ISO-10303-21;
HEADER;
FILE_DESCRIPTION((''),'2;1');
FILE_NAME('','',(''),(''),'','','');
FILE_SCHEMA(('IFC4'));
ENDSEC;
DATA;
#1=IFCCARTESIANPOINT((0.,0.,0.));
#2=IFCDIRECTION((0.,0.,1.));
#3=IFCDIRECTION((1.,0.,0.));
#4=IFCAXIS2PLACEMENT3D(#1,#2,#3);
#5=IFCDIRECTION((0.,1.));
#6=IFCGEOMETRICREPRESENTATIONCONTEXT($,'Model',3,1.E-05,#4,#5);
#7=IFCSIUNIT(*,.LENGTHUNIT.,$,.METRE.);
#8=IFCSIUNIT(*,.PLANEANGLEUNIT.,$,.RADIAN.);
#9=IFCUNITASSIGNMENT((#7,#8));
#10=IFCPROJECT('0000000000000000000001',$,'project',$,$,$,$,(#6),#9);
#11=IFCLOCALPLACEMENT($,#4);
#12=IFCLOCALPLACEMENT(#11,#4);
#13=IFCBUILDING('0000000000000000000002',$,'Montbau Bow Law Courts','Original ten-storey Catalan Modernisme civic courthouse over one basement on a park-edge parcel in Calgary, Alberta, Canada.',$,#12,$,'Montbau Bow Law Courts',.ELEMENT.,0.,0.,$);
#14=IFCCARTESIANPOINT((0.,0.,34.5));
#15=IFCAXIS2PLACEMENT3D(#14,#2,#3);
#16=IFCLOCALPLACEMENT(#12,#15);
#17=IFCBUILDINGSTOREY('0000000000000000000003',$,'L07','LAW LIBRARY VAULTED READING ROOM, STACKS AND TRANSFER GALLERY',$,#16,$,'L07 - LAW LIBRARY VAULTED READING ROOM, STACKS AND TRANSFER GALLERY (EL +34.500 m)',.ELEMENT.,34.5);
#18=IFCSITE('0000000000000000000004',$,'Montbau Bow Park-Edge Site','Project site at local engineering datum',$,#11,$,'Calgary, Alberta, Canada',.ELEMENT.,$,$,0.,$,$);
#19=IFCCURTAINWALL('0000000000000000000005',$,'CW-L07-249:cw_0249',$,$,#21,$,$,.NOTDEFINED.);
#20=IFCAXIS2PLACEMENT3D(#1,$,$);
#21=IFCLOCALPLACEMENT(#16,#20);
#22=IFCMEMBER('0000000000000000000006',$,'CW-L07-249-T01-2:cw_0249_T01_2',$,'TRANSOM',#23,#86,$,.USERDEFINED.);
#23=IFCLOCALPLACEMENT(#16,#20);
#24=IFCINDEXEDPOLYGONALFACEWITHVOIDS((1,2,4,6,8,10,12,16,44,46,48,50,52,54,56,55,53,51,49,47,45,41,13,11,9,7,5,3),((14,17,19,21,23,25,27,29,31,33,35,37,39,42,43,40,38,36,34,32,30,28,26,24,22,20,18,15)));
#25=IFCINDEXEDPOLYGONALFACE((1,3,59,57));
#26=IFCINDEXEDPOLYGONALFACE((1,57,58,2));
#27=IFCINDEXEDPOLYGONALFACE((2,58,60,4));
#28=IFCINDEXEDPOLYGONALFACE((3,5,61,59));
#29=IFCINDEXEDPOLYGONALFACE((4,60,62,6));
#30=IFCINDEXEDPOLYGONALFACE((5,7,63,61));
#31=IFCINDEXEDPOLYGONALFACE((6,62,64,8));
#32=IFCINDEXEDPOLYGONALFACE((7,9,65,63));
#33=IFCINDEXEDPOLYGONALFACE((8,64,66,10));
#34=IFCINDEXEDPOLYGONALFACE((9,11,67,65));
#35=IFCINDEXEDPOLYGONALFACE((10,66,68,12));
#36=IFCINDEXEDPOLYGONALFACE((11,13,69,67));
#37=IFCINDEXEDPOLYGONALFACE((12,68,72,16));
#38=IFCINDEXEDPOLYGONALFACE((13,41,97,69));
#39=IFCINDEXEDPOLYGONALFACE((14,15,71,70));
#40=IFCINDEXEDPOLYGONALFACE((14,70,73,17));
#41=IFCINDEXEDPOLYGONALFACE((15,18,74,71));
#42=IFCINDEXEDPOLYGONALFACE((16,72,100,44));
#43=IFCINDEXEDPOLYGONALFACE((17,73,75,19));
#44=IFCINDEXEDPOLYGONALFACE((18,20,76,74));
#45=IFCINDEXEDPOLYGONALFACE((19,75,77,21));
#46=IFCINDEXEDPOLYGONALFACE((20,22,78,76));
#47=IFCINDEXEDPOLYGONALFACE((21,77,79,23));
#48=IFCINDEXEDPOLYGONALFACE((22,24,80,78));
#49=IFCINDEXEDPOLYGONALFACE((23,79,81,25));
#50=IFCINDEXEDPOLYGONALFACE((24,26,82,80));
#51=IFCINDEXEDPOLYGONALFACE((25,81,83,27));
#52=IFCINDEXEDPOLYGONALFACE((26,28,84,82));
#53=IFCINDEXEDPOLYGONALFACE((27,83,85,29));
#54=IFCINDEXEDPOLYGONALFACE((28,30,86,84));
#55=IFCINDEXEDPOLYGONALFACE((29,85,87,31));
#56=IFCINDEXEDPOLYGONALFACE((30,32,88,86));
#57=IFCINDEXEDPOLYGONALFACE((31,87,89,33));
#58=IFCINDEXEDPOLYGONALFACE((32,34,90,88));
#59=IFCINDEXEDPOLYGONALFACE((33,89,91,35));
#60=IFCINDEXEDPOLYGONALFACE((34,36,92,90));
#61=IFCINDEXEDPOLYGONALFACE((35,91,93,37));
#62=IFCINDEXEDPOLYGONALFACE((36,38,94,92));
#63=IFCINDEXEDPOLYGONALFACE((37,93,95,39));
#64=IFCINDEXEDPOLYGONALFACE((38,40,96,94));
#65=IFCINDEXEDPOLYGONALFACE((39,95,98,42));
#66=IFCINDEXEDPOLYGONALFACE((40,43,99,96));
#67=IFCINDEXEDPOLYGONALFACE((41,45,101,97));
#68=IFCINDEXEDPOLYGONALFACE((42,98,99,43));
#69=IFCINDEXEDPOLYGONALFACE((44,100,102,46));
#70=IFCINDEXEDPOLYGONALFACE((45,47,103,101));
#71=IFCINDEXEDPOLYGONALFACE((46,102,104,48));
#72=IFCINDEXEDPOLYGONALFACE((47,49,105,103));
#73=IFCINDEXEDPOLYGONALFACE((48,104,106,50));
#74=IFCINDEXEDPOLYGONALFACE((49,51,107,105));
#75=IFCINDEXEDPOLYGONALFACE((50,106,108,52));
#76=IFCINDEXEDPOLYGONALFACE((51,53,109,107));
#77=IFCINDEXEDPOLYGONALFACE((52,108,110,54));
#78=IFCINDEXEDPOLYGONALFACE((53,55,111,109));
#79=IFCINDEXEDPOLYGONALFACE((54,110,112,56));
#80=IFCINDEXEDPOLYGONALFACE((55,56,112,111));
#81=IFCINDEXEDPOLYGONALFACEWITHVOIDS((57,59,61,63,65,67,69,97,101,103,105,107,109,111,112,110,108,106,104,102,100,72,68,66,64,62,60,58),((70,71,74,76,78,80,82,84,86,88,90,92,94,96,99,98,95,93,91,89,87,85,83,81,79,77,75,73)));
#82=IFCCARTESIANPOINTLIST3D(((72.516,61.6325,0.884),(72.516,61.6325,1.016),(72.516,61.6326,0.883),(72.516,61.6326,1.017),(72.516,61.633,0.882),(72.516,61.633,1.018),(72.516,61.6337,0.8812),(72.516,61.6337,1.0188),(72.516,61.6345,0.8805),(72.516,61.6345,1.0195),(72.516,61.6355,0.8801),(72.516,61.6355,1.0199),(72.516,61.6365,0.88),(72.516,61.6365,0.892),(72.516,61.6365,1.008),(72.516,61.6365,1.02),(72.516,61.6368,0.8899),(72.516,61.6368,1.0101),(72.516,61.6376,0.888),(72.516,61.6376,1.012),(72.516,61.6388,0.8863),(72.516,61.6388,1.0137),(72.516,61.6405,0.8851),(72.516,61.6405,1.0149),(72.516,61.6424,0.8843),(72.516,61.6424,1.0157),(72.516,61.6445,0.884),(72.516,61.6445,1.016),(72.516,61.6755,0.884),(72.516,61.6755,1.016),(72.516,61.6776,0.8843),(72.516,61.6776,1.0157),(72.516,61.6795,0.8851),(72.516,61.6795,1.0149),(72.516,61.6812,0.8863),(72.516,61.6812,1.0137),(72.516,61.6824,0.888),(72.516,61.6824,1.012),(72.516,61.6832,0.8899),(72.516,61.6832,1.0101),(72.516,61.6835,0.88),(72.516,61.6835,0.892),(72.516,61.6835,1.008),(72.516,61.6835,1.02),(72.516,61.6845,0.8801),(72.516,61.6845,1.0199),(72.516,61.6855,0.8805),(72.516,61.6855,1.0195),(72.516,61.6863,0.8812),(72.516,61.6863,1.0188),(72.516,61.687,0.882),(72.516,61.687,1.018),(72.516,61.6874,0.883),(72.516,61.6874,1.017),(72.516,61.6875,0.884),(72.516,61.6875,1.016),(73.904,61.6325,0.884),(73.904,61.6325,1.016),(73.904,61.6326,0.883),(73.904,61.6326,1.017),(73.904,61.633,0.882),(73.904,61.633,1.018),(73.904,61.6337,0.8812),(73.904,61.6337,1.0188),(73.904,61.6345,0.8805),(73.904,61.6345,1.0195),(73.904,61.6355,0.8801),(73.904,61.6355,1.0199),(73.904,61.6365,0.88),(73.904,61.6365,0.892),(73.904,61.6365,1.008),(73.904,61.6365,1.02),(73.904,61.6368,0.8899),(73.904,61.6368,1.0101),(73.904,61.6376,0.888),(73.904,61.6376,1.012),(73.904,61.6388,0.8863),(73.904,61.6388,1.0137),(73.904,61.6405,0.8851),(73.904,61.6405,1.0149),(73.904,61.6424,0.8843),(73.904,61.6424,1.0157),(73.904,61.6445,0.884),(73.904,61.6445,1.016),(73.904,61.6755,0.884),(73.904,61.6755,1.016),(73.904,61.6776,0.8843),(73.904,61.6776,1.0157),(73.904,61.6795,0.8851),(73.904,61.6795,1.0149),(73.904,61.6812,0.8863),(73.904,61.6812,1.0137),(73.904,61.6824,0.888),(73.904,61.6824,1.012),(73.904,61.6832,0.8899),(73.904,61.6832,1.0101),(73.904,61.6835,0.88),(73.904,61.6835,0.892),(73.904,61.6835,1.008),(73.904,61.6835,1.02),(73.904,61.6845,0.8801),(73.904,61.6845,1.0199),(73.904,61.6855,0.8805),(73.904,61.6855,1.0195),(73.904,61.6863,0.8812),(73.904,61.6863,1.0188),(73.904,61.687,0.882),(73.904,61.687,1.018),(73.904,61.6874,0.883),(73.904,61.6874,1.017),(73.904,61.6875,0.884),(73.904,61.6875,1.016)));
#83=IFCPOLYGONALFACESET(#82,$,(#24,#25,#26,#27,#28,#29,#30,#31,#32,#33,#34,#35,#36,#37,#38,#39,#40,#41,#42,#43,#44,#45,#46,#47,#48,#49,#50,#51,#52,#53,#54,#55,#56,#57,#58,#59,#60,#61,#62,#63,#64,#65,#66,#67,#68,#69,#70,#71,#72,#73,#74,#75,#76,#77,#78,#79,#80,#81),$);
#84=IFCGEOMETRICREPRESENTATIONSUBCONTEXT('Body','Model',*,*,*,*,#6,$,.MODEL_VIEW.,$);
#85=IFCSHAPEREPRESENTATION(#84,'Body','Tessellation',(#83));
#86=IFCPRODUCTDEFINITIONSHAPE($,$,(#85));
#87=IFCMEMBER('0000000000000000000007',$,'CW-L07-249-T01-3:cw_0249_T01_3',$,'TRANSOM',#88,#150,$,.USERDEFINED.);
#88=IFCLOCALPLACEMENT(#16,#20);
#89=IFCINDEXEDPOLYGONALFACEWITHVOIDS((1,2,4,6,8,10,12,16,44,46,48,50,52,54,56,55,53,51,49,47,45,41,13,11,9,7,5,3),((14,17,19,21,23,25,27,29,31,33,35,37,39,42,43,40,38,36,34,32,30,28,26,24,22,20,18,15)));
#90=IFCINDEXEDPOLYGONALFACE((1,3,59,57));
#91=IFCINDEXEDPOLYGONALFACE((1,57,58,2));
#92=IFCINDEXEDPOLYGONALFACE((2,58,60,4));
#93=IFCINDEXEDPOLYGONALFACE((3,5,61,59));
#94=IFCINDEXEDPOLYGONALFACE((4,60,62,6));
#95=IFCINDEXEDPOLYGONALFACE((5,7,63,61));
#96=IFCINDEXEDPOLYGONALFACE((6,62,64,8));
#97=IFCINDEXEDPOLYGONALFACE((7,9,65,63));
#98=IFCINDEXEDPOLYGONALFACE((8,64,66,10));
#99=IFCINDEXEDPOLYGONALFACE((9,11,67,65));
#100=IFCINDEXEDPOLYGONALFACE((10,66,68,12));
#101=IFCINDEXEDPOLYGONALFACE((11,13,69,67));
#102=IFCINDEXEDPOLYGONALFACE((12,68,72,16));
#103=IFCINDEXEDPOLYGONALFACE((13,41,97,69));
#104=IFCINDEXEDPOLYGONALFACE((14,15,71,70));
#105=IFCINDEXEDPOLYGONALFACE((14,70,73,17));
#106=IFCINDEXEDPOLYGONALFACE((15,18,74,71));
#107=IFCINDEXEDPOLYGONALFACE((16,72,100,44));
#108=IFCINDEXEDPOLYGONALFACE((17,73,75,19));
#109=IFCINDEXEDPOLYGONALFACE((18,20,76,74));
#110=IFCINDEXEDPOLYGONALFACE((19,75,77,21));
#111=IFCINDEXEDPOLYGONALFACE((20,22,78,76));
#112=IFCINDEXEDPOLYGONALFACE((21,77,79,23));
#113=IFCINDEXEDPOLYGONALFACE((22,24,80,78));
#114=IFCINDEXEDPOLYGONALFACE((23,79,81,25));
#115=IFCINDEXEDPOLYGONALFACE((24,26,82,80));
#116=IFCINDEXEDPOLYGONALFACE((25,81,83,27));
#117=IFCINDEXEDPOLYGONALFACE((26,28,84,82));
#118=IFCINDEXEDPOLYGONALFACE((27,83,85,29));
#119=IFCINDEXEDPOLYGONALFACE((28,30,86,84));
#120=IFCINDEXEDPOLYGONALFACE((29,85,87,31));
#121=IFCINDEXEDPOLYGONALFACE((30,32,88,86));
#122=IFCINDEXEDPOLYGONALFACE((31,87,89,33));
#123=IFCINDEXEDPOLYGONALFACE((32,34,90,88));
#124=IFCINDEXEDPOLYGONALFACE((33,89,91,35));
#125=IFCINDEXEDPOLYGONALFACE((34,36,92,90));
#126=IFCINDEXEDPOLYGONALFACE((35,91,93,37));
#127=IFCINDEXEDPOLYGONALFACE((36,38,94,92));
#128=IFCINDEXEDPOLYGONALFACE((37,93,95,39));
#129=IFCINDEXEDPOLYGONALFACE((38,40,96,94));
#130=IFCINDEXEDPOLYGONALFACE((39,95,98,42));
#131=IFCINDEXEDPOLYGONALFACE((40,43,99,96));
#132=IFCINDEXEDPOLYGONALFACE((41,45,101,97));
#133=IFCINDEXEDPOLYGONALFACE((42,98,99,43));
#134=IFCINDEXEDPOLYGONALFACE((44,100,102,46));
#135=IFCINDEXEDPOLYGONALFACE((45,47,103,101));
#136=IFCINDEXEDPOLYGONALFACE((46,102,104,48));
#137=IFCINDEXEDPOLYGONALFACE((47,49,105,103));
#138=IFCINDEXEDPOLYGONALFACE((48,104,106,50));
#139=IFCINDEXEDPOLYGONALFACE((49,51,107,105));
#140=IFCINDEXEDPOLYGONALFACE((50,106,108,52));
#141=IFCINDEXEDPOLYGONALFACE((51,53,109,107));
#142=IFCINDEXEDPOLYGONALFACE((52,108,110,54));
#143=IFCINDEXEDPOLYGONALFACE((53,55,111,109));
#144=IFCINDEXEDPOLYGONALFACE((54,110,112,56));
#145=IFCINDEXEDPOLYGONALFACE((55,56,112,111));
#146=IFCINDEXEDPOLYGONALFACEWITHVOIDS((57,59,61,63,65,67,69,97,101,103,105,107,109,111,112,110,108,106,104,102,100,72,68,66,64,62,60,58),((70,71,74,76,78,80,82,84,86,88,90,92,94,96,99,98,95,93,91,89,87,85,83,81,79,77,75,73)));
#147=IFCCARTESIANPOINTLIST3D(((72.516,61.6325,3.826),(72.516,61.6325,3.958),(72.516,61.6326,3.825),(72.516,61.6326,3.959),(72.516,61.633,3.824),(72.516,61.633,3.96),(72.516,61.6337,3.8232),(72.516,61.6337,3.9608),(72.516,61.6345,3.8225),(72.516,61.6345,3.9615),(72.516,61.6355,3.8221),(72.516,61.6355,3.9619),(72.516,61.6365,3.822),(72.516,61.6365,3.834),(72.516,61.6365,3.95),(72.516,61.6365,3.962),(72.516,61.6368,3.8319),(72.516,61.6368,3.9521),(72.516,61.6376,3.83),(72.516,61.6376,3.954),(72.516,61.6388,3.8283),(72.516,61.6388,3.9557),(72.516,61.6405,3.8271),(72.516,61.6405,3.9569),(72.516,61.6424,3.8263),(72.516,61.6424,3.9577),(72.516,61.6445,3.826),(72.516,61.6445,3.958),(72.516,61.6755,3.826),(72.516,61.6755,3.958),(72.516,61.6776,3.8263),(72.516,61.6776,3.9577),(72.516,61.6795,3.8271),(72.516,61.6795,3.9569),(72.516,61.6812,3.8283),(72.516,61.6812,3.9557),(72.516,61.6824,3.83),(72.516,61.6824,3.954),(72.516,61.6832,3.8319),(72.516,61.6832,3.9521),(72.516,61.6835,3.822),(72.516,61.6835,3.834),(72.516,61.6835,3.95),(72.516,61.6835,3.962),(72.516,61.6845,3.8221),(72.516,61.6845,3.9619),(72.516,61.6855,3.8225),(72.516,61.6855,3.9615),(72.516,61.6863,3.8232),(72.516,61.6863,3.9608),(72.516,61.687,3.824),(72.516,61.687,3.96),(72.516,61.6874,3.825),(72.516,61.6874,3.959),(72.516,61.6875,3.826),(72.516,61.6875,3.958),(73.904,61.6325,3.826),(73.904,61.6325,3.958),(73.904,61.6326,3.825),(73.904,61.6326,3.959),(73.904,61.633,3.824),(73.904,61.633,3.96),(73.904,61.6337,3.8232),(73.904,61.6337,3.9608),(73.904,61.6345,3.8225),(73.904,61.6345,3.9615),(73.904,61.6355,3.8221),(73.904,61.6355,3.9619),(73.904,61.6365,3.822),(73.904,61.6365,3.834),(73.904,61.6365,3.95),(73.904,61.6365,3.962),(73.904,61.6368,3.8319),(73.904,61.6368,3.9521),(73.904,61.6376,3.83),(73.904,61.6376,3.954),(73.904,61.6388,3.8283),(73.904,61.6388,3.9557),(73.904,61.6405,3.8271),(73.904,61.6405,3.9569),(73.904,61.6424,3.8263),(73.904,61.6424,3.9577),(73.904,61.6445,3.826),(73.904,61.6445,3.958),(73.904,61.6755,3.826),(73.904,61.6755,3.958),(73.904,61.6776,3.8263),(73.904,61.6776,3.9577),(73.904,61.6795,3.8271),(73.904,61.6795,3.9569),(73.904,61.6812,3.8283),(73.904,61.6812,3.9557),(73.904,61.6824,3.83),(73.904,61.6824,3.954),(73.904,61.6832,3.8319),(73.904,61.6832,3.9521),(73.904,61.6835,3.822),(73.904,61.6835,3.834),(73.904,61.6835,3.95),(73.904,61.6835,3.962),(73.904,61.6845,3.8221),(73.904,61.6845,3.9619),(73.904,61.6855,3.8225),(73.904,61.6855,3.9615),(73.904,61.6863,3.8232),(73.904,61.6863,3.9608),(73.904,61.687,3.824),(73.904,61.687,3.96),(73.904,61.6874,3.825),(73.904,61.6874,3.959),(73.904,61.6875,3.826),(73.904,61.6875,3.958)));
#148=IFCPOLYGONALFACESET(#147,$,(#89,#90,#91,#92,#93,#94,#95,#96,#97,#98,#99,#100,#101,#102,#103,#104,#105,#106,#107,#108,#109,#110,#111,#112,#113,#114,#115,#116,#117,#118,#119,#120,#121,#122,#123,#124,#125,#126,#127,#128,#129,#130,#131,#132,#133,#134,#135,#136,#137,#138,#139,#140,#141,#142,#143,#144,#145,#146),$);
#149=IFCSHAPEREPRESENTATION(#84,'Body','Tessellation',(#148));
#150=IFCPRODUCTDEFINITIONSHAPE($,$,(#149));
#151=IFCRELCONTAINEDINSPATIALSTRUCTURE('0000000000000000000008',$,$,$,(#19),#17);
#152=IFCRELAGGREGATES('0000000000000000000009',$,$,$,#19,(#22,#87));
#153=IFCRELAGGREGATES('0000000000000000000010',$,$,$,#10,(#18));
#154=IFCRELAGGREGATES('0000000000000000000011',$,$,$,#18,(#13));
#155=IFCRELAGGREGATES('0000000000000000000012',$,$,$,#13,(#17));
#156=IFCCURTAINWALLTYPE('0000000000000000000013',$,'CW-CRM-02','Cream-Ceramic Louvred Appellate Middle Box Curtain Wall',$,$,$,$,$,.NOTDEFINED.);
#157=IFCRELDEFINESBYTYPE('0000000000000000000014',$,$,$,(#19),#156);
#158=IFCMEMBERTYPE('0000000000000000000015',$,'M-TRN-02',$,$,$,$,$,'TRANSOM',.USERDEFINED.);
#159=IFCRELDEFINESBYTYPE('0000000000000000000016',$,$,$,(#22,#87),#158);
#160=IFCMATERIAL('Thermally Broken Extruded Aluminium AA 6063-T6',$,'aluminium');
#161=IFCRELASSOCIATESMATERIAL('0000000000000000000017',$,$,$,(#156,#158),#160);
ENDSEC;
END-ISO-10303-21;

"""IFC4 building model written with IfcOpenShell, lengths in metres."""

from ifc_helpers import new_model, si_unit, direction, frame, origin_with_axes, origin_2d_with_axis, place, context, subcontext, project, spatial, hollow_rectangle, extrude, material, material_profile, profile_set, type_object, element, aggregate, save


model = new_model("IFC4")

# Units and contexts
model_context = context("Model", 3, precision=1e-05, world=origin_with_axes(), true_north=direction((0.0, 1.0)))
body_context = subcontext(model_context, "Body", "Model", "MODEL_VIEW")
ifc_project = project(units=[si_unit("LENGTHUNIT", "METRE"), si_unit("PLANEANGLEUNIT", "RADIAN")], contexts=[model_context])

# Site, building, storey
site_placement = place(None, origin_with_axes())
site = spatial("IfcSite", under=ifc_project, at=site_placement, Name="Montbau Bow Park-Edge Site", Description="Project site at local engineering datum", LongName="Calgary, Alberta, Canada", CompositionType="ELEMENT", RefElevation=0.0)
building_placement = place(site_placement, origin_with_axes())
building = spatial("IfcBuilding", under=site, at=building_placement, Name="Montbau Bow Law Courts", Description="Original ten-storey Catalan Modernisme civic courthouse over one basement on a park-edge parcel in Calgary, Alberta, Canada.", LongName="Montbau Bow Law Courts", CompositionType="ELEMENT", ElevationOfRefHeight=0.0, ElevationOfTerrain=0.0)
storey_placement = place(building_placement, frame((0.0, 0.0, 34.5), z_axis=(0.0, 0.0, 1.0), x_axis=(1.0, 0.0, 0.0)))
storey = spatial("IfcBuildingStorey", under=building, at=storey_placement, Name="L07", Description="LAW LIBRARY VAULTED READING ROOM, STACKS AND TRANSFER GALLERY", LongName="L07 - LAW LIBRARY VAULTED READING ROOM, STACKS AND TRANSFER GALLERY (EL +34.500 m)", CompositionType="ELEMENT", Elevation=34.5)

# Curtain wall
ifc_material_1 = material(Name="Thermally Broken Extruded Aluminium AA 6063-T6", Category="aluminium")
curtain_wall_type = type_object("IfcCurtainWallType", Name="CW-CRM-02", Description="Cream-Ceramic Louvred Appellate Middle Box Curtain Wall", PredefinedType="NOTDEFINED", material=ifc_material_1)
curtain_wall_1_placement = place(None, frame((72.44, 61.66, 34.5), z_axis=(0.0, 0.0, 1.0), x_axis=(1.0, 0.0, 0.0)))
curtain_wall_1 = element("IfcCurtainWall", 1, at=curtain_wall_1_placement, inside=storey, type_object=curtain_wall_type, Name="CW-L07-249:cw_0249", PredefinedType="NOTDEFINED")

# Members
ifc_material_profile_1 = material_profile(ifc_material_1, hollow_rectangle(XDim=0.055, YDim=0.14, WallThickness=0.004, InnerFilletRadius=0.008, OuterFilletRadius=0.004, at=origin_2d_with_axis()), Name="CWT-140X55", Category="Main", Priority=0)
ifc_profile_set_1 = profile_set([ifc_material_profile_1], Name="Thermally Broken Extruded Aluminium AA 6063-T6")
member_type_1 = type_object("IfcMemberType", Name="M-TRN-02", ElementType="TRANSOM", PredefinedType="USERDEFINED", material=ifc_profile_set_1)
member_1_placement = place(None, frame((72.516, 61.66, 35.45), z_axis=(1.0, 0.0, 0.0), x_axis=(0.0, 1.0, 0.0)))
member_1 = element("IfcMember", 2, at=member_1_placement, type_object=member_type_1, Name="CW-L07-249-T01-2:cw_0249_T01_2", ObjectType="TRANSOM", PredefinedType="USERDEFINED", context=body_context, shape_type="SweptSolid", body=[
    extrude(hollow_rectangle(XDim=0.055, YDim=0.14, WallThickness=0.004, InnerFilletRadius=0.008, OuterFilletRadius=0.004, at=origin_2d_with_axis()), origin_with_axes(), (0.0, 0.0, 1.0), 1.388),
])
member_2_placement = place(None, frame((72.516, 61.66, 38.392), z_axis=(1.0, 0.0, 0.0), x_axis=(0.0, 1.0, 0.0)))
member_2 = element("IfcMember", 3, at=member_2_placement, type_object=member_type_1, Name="CW-L07-249-T01-3:cw_0249_T01_3", ObjectType="TRANSOM", PredefinedType="USERDEFINED", context=body_context, shape_type="SweptSolid", body=[
    extrude(hollow_rectangle(XDim=0.055, YDim=0.14, WallThickness=0.004, InnerFilletRadius=0.008, OuterFilletRadius=0.004, at=origin_2d_with_axis()), origin_with_axes(), (0.0, 0.0, 1.0), 1.388),
])

aggregate(curtain_wall_1, [member_1, member_2])

save(model, "model.ifc")
